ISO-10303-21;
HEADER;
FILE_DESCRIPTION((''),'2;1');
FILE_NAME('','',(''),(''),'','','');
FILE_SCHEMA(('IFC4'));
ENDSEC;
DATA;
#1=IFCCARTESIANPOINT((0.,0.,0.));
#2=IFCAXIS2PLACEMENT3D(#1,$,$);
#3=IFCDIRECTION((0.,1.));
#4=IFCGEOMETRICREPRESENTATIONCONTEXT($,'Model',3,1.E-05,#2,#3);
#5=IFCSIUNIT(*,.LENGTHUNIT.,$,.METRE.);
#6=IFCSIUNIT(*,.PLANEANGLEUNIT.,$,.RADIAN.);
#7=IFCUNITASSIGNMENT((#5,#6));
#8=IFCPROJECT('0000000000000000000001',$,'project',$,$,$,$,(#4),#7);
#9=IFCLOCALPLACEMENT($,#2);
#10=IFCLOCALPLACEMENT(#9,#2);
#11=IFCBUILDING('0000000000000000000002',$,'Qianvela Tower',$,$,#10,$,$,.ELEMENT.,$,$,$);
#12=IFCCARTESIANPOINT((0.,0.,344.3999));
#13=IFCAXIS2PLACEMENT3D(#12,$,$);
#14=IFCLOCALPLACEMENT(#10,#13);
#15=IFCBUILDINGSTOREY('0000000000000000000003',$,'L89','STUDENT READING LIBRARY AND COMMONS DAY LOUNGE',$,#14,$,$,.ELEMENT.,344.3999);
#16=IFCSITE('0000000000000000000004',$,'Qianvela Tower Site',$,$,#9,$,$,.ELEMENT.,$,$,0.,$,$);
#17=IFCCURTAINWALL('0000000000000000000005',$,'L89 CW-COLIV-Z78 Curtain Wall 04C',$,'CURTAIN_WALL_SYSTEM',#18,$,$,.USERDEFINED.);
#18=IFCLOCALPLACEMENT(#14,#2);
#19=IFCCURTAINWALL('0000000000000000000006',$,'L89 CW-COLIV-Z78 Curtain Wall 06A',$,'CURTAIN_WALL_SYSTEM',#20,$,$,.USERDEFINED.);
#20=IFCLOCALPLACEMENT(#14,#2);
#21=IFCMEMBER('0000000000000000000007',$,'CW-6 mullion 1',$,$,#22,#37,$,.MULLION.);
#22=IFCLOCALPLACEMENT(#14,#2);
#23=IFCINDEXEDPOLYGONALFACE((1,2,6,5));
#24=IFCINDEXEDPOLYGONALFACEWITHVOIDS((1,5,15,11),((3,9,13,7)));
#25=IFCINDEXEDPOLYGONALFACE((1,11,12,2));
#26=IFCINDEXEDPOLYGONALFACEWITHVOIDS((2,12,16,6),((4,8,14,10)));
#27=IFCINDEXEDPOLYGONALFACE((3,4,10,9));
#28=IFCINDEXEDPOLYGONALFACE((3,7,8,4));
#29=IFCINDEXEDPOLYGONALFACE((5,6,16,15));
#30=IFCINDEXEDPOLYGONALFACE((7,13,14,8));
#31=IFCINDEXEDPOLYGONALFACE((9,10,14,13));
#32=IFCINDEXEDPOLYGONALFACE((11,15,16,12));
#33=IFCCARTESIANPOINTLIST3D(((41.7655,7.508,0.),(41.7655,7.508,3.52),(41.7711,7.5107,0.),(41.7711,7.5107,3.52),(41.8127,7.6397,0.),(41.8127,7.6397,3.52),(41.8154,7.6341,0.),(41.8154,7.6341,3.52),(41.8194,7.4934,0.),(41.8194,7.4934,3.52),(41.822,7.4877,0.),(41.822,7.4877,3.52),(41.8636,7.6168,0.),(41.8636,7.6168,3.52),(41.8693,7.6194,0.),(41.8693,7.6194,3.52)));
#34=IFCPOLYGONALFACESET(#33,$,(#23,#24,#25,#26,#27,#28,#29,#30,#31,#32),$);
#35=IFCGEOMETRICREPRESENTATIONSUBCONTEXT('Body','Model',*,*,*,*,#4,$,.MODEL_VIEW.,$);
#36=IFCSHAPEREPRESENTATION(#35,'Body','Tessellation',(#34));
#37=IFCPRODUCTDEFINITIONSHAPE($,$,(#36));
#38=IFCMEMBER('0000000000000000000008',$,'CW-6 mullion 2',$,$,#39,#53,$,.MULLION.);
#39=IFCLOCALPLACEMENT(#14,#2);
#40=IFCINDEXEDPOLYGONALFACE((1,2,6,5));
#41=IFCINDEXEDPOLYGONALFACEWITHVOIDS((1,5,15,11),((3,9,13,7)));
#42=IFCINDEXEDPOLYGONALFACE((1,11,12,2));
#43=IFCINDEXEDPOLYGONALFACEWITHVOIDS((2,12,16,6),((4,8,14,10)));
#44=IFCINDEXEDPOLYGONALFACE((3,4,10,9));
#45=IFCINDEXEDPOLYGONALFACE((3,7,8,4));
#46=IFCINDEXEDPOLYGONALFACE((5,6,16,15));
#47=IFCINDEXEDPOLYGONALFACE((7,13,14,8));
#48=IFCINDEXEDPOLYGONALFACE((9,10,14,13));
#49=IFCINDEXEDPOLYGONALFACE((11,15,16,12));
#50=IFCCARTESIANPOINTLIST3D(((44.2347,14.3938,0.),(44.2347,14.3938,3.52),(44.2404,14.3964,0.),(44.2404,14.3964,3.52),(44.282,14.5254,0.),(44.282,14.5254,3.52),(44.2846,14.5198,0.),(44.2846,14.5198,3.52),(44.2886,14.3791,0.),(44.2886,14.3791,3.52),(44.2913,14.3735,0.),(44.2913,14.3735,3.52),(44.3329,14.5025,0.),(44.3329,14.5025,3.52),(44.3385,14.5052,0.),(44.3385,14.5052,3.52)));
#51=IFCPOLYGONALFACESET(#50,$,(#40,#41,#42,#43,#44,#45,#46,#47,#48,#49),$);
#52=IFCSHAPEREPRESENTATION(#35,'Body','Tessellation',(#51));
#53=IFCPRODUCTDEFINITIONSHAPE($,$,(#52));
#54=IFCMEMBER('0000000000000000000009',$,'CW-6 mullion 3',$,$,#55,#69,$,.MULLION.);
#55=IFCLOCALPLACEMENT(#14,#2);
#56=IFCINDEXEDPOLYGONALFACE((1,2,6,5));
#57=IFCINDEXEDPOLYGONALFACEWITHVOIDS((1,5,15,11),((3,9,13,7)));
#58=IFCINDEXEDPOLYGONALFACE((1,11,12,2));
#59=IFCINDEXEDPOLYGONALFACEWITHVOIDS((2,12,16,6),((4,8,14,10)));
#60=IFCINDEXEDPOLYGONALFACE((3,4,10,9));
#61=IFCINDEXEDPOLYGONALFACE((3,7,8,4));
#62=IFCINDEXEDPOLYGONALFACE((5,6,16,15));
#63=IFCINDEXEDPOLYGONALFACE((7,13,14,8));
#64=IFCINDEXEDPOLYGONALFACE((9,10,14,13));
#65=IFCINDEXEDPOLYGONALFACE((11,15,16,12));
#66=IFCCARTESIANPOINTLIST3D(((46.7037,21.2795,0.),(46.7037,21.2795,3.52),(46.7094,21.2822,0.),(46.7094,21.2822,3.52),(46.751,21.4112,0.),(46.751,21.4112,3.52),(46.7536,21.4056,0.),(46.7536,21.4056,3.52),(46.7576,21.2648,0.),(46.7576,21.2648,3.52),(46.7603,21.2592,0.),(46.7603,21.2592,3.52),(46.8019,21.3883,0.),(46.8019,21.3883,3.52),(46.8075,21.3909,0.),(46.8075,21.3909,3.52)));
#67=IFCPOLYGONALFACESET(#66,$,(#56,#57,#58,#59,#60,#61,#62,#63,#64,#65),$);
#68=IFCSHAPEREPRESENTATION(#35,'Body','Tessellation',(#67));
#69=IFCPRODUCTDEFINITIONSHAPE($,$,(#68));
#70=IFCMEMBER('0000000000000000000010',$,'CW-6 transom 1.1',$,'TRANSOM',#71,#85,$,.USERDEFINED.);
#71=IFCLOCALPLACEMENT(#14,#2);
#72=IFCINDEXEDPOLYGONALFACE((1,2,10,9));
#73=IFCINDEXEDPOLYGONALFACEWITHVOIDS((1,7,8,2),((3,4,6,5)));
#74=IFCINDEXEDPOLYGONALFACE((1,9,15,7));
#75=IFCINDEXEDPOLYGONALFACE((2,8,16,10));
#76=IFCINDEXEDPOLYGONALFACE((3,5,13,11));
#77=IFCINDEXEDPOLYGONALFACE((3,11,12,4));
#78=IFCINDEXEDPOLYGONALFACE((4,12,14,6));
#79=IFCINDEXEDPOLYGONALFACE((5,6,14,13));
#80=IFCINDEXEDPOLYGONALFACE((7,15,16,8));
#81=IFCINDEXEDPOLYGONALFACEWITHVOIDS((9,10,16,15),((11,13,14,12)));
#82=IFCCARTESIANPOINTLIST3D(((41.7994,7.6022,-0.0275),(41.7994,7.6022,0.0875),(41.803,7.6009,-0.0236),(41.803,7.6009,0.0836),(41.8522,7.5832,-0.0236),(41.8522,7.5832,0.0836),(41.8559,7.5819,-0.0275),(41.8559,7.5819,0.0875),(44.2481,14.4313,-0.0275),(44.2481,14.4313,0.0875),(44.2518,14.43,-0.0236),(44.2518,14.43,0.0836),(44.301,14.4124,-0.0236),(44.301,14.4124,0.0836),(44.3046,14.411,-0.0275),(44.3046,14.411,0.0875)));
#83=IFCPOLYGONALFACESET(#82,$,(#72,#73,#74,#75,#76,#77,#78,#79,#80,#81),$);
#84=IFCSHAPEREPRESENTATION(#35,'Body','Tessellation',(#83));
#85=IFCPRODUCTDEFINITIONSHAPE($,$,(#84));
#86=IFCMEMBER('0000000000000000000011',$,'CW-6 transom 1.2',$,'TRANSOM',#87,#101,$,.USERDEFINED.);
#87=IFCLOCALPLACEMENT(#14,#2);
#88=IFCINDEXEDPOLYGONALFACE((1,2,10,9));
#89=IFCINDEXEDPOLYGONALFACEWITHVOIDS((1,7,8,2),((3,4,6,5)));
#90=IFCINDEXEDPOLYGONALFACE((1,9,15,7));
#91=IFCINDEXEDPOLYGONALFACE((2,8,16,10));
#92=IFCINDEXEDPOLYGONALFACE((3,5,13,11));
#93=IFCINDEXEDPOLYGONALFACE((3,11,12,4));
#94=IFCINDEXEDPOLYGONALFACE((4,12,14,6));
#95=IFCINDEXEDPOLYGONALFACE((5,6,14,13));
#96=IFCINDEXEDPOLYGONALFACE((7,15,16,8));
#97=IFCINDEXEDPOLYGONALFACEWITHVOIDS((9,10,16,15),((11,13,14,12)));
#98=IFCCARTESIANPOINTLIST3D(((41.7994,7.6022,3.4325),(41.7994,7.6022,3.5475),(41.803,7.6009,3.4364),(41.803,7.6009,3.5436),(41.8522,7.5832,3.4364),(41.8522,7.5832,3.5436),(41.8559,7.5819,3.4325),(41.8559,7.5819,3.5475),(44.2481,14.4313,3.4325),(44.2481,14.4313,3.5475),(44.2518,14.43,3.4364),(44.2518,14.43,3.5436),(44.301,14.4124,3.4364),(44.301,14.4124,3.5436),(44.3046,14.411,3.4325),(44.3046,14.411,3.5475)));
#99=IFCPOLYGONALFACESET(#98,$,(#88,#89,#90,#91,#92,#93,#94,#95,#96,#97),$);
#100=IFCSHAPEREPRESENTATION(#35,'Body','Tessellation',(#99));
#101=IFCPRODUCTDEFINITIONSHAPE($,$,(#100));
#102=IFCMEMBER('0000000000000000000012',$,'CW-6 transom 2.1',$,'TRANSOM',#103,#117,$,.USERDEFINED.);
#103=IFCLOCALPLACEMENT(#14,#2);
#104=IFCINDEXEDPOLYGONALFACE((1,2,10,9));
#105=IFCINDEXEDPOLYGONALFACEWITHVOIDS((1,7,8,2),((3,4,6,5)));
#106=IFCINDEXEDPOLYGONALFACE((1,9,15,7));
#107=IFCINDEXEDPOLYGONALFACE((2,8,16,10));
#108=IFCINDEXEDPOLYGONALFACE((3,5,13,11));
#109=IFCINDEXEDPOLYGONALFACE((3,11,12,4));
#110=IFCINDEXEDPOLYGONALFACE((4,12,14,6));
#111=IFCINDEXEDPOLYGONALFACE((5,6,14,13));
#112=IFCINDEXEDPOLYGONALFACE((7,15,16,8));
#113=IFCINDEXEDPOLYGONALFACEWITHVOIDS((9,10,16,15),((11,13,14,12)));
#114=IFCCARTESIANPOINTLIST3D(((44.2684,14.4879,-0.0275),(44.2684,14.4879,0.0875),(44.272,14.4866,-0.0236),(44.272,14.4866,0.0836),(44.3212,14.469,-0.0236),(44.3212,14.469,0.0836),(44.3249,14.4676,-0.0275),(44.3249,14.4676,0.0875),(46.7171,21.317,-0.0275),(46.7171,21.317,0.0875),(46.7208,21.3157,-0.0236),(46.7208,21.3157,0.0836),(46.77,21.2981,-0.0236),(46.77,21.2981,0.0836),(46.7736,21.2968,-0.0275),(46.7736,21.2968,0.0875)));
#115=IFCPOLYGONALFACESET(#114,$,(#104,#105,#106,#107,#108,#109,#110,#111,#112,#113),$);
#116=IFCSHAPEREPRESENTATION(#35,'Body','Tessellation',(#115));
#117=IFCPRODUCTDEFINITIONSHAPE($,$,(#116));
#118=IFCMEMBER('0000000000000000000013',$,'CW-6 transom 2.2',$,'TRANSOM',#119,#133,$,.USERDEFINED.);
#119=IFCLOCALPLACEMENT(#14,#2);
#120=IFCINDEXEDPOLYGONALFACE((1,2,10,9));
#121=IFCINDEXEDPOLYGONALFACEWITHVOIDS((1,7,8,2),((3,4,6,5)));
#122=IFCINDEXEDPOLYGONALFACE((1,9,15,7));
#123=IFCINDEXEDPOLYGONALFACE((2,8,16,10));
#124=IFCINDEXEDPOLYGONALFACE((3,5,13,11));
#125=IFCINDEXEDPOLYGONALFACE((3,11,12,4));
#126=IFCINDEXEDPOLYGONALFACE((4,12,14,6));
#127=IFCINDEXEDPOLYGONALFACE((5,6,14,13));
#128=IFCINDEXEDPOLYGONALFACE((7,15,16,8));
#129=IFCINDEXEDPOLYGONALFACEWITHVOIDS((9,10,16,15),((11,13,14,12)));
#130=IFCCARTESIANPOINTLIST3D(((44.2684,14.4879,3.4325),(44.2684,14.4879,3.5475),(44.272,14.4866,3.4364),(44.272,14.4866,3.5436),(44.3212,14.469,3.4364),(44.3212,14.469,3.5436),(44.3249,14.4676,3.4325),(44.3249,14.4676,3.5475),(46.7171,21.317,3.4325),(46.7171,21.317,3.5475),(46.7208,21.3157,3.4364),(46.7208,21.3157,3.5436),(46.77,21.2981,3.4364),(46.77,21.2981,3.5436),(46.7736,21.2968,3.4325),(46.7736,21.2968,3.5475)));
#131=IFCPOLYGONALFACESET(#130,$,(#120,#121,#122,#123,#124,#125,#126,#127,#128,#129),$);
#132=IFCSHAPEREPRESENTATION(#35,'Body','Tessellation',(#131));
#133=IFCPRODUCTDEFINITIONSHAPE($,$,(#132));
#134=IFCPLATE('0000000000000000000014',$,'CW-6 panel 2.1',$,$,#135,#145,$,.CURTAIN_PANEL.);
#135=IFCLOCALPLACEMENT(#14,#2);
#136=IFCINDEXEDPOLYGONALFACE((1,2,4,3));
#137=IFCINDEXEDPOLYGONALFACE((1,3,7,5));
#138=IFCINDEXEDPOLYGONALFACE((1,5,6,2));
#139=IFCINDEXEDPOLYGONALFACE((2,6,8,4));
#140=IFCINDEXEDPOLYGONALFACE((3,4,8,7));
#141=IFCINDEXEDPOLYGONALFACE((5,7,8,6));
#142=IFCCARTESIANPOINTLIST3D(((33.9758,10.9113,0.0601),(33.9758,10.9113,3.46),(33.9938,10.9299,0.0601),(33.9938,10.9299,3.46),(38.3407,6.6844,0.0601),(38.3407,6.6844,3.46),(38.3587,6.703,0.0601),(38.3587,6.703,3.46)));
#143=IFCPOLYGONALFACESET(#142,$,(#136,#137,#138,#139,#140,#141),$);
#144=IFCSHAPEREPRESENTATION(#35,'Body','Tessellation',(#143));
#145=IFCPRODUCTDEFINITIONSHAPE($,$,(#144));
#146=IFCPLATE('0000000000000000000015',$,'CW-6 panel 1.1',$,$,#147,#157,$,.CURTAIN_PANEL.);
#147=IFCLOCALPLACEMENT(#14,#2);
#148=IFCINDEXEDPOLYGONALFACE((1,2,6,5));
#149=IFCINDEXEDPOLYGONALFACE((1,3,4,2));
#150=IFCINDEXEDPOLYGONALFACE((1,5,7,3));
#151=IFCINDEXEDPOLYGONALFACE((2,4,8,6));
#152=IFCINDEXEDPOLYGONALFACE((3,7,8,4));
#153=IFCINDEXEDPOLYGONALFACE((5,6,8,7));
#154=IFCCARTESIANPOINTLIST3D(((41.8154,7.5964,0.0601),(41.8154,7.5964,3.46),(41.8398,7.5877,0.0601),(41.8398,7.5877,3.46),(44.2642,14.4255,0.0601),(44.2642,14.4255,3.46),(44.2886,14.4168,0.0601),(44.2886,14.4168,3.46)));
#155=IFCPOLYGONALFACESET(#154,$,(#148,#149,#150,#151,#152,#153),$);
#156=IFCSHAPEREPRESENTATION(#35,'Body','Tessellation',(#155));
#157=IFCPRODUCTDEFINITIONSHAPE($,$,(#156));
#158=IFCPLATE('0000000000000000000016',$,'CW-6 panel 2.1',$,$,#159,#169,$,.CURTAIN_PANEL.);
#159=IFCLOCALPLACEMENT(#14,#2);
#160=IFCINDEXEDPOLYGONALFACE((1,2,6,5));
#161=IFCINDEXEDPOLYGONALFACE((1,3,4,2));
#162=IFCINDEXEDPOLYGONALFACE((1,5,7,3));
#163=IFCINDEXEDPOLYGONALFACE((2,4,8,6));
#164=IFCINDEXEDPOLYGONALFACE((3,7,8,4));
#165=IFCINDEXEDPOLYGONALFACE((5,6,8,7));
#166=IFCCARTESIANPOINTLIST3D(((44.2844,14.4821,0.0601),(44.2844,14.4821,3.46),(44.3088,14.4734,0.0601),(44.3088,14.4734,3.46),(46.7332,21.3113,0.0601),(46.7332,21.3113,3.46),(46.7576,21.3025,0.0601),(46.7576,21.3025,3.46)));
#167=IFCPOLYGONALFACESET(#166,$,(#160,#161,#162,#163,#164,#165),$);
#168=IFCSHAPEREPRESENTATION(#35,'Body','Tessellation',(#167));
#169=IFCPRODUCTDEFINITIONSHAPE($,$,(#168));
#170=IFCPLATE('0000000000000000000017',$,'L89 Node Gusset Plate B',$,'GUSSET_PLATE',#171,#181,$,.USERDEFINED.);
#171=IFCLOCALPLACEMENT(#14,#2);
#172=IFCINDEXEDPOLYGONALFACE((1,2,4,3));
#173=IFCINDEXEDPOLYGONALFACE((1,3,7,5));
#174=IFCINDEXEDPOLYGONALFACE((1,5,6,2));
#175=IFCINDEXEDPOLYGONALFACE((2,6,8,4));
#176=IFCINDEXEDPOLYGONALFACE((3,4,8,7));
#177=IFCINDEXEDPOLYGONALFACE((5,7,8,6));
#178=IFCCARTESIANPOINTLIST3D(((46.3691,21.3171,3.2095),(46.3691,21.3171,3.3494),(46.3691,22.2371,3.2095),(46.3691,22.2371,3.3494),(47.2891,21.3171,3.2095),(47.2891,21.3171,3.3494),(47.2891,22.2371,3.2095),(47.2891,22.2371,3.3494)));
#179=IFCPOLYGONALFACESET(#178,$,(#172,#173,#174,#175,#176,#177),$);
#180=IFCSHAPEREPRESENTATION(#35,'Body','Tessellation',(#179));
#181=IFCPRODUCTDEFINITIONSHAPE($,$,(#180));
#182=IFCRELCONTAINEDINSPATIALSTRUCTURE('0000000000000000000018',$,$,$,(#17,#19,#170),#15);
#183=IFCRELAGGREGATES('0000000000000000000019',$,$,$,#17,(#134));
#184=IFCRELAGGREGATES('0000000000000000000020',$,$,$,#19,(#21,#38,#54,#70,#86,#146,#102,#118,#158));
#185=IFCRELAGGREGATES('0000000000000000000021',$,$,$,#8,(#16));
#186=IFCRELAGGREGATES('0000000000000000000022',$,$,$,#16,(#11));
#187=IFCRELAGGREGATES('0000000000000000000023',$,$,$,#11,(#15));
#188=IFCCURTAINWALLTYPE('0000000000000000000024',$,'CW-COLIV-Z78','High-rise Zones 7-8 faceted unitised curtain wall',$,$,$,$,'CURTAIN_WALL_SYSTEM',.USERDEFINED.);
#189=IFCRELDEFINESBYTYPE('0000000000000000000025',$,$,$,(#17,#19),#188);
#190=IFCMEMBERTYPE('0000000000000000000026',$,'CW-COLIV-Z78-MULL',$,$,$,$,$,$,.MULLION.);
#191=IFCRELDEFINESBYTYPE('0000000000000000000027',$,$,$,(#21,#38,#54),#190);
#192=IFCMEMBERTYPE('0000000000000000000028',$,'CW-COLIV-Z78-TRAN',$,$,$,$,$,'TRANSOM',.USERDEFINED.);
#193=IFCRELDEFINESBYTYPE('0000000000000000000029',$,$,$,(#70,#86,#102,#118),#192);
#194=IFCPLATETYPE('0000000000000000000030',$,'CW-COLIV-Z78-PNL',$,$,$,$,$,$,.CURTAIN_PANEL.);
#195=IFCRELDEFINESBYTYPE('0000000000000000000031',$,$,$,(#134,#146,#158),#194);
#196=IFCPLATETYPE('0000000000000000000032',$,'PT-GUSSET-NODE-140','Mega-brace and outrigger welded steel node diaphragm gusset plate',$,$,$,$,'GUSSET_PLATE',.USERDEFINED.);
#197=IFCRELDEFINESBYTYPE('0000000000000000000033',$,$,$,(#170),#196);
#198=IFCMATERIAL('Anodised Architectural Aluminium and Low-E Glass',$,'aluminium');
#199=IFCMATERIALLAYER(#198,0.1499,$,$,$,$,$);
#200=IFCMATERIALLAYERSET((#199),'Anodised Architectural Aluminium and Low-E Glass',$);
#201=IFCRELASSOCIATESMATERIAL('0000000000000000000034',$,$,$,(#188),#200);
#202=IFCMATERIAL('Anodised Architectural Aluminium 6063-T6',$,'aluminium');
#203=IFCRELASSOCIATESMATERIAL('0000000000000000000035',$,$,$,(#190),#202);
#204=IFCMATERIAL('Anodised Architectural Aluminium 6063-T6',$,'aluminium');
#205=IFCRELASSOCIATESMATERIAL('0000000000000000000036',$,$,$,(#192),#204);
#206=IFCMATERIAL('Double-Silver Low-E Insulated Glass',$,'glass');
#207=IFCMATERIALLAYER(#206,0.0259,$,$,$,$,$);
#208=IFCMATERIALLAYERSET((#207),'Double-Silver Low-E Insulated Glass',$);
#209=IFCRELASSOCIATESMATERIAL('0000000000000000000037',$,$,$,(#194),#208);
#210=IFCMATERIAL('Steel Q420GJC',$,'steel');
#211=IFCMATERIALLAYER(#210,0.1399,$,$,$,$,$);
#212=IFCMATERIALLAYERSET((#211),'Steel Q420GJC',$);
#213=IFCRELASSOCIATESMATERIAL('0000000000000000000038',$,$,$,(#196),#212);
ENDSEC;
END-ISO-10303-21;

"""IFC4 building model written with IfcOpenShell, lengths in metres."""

from ifc_helpers import new_model, si_unit, direction, frame, origin, origin_2d, place, context, subcontext, project, spatial, rectangle, hollow_rectangle, extrude, material, layer, layer_set, material_profile, profile_set, type_object, element, aggregate, save


model = new_model("IFC4")

# Units and contexts
model_context = context("Model", 3, precision=1e-05, world=origin(), true_north=direction((0.0, 1.0)))
body_context = subcontext(model_context, "Body", "Model", "MODEL_VIEW")
ifc_project = project(units=[si_unit("LENGTHUNIT", "METRE"), si_unit("PLANEANGLEUNIT", "RADIAN")], contexts=[model_context])

# Site, building, storey
site_placement = place(None, origin())
site = spatial("IfcSite", under=ifc_project, at=site_placement, Name="Qianvela Tower Site", CompositionType="ELEMENT", RefElevation=0.0)
building_placement = place(site_placement, origin())
building = spatial("IfcBuilding", under=site, at=building_placement, Name="Qianvela Tower", CompositionType="ELEMENT")
storey_placement = place(building_placement, frame((0.0, 0.0, 344.3999)))
storey = spatial("IfcBuildingStorey", under=building, at=storey_placement, Name="L89", Description="STUDENT READING LIBRARY AND COMMONS DAY LOUNGE", CompositionType="ELEMENT", Elevation=344.3999)

# Curtain wall
ifc_material_1 = material(Name="Anodised Architectural Aluminium and Low-E Glass", Category="aluminium")
ifc_layer_1 = layer(ifc_material_1, 0.1499)
ifc_layer_set_1 = layer_set([ifc_layer_1], Name="Anodised Architectural Aluminium and Low-E Glass")
curtain_wall_type_1 = type_object("IfcCurtainWallType", Name="CW-COLIV-Z78", Description="High-rise Zones 7-8 faceted unitised curtain wall", ElementType="CURTAIN_WALL_SYSTEM", PredefinedType="USERDEFINED", material=ifc_layer_set_1)
curtain_wall_1_placement = place(storey_placement, origin())
curtain_wall_1 = element("IfcCurtainWall", 1, at=curtain_wall_1_placement, inside=storey, type_object=curtain_wall_type_1, Name="L89 CW-COLIV-Z78 Curtain Wall 04C", ObjectType="CURTAIN_WALL_SYSTEM", PredefinedType="USERDEFINED")
ifc_material_2 = material(Name="Anodised Architectural Aluminium 6063-T6", Category="aluminium")
ifc_material_profile_1 = material_profile(ifc_material_2, hollow_rectangle(XDim=0.0601, YDim=0.1399, WallThickness=0.0044, at=origin_2d()), Name="ALU-MULL-60x140")
ifc_profile_set_1 = profile_set([ifc_material_profile_1], Name="Anodised Architectural Aluminium 6063-T6")
member_type_1 = type_object("IfcMemberType", Name="CW-COLIV-Z78-MULL", PredefinedType="MULLION", material=ifc_profile_set_1)

# Curtain wall, members
curtain_wall_2_placement = place(storey_placement, origin())
curtain_wall_2 = element("IfcCurtainWall", 2, at=curtain_wall_2_placement, inside=storey, type_object=curtain_wall_type_1, Name="L89 CW-COLIV-Z78 Curtain Wall 06A", ObjectType="CURTAIN_WALL_SYSTEM", PredefinedType="USERDEFINED")
member_1_placement = place(storey_placement, frame((41.8174, 7.5637, 0.0), z_axis=(0.0, 0.0, 1.0), x_axis=(-0.941312, 0.337538, 0.0)))
member_1 = element("IfcMember", 3, at=member_1_placement, type_object=member_type_1, Name="CW-6 mullion 1", PredefinedType="MULLION", context=body_context, shape_type="SweptSolid", body=[
    extrude(hollow_rectangle(XDim=0.0601, YDim=0.1399, WallThickness=0.0044, at=origin_2d()), origin(), (0.0, 0.0, 1.0), 3.52),
])
member_2_placement = place(storey_placement, frame((44.2866, 14.4495, 0.0), z_axis=(0.0, 0.0, 1.0), x_axis=(-0.941312, 0.337538, 0.0)))
member_2 = element("IfcMember", 4, at=member_2_placement, type_object=member_type_1, Name="CW-6 mullion 2", PredefinedType="MULLION", context=body_context, shape_type="SweptSolid", body=[
    extrude(hollow_rectangle(XDim=0.0601, YDim=0.1399, WallThickness=0.0044, at=origin_2d()), origin(), (0.0, 0.0, 1.0), 3.52),
])
member_3_placement = place(storey_placement, frame((46.7556, 21.3352, 0.0), z_axis=(0.0, 0.0, 1.0), x_axis=(-0.941312, 0.337538, 0.0)))
member_3 = element("IfcMember", 5, at=member_3_placement, type_object=member_type_1, Name="CW-6 mullion 3", PredefinedType="MULLION", context=body_context, shape_type="SweptSolid", body=[
    extrude(hollow_rectangle(XDim=0.0601, YDim=0.1399, WallThickness=0.0044, at=origin_2d()), origin(), (0.0, 0.0, 1.0), 3.52),
])
ifc_material_3 = material(Name="Anodised Architectural Aluminium 6063-T6", Category="aluminium")
ifc_material_profile_2 = material_profile(ifc_material_3, hollow_rectangle(XDim=0.0601, YDim=0.115, WallThickness=0.0039, at=origin_2d()), Name="ALU-TRAN-60x115")
ifc_profile_set_2 = profile_set([ifc_material_profile_2], Name="Anodised Architectural Aluminium 6063-T6")
member_type_2 = type_object("IfcMemberType", Name="CW-COLIV-Z78-TRAN", ElementType="TRANSOM", PredefinedType="USERDEFINED", material=ifc_profile_set_2)
member_4_placement = place(storey_placement, frame((41.8276, 7.592, 0.03), z_axis=(0.33753, 0.941315, 0.0), x_axis=(-0.941315, 0.33753, 0.0)))
member_4 = element("IfcMember", 6, at=member_4_placement, type_object=member_type_2, Name="CW-6 transom 1.1", ObjectType="TRANSOM", PredefinedType="USERDEFINED", context=body_context, shape_type="SweptSolid", body=[
    extrude(hollow_rectangle(XDim=0.0601, YDim=0.115, WallThickness=0.0039, at=origin_2d()), origin(), (0.0, 0.0, 1.0), 7.2549),
])
member_5_placement = place(storey_placement, frame((41.8276, 7.592, 3.49), z_axis=(0.33753, 0.941315, 0.0), x_axis=(-0.941315, 0.33753, 0.0)))
member_5 = element("IfcMember", 7, at=member_5_placement, type_object=member_type_2, Name="CW-6 transom 1.2", ObjectType="TRANSOM", PredefinedType="USERDEFINED", context=body_context, shape_type="SweptSolid", body=[
    extrude(hollow_rectangle(XDim=0.0601, YDim=0.115, WallThickness=0.0039, at=origin_2d()), origin(), (0.0, 0.0, 1.0), 7.2549),
])
member_6_placement = place(storey_placement, frame((44.2966, 14.4778, 0.03), z_axis=(0.33753, 0.941315, 0.0), x_axis=(-0.941315, 0.33753, 0.0)))
member_6 = element("IfcMember", 8, at=member_6_placement, type_object=member_type_2, Name="CW-6 transom 2.1", ObjectType="TRANSOM", PredefinedType="USERDEFINED", context=body_context, shape_type="SweptSolid", body=[
    extrude(hollow_rectangle(XDim=0.0601, YDim=0.115, WallThickness=0.0039, at=origin_2d()), origin(), (0.0, 0.0, 1.0), 7.2549),
])
member_7_placement = place(storey_placement, frame((44.2966, 14.4778, 3.49), z_axis=(0.33753, 0.941315, 0.0), x_axis=(-0.941315, 0.33753, 0.0)))
member_7 = element("IfcMember", 9, at=member_7_placement, type_object=member_type_2, Name="CW-6 transom 2.2", ObjectType="TRANSOM", PredefinedType="USERDEFINED", context=body_context, shape_type="SweptSolid", body=[
    extrude(hollow_rectangle(XDim=0.0601, YDim=0.115, WallThickness=0.0039, at=origin_2d()), origin(), (0.0, 0.0, 1.0), 7.2549),
])

# Plates
ifc_material_4 = material(Name="Double-Silver Low-E Insulated Glass", Category="glass")
ifc_layer_2 = layer(ifc_material_4, 0.0259)
ifc_layer_set_2 = layer_set([ifc_layer_2], Name="Double-Silver Low-E Insulated Glass")
plate_type_1 = type_object("IfcPlateType", Name="CW-COLIV-Z78-PNL", PredefinedType="CURTAIN_PANEL", material=ifc_layer_set_2)
plate_1_placement = place(storey_placement, frame((36.1672, 8.8071, 0.0601), z_axis=(0.0, 0.0, 1.0), x_axis=(0.718372, -0.695659, 0.0)))
plate_1 = element("IfcPlate", 10, at=plate_1_placement, type_object=plate_type_1, Name="CW-6 panel 2.1", PredefinedType="CURTAIN_PANEL", context=body_context, shape_type="SweptSolid", body=[
    extrude(rectangle(XDim=6.0762, YDim=0.0259, at=origin_2d()), origin(), (0.0, 0.0, 1.0), 3.3999),
])
aggregate(curtain_wall_1, [plate_1])
plate_2_placement = place(storey_placement, frame((43.052, 11.0066, 0.0601), z_axis=(0.0, 0.0, 1.0), x_axis=(0.337538, 0.941312, 0.0)))
plate_2 = element("IfcPlate", 11, at=plate_2_placement, type_object=plate_type_1, Name="CW-6 panel 1.1", PredefinedType="CURTAIN_PANEL", context=body_context, shape_type="SweptSolid", body=[
    extrude(rectangle(XDim=7.2549, YDim=0.0259, at=origin_2d()), origin(), (0.0, 0.0, 1.0), 3.3999),
])
plate_3_placement = place(storey_placement, frame((45.521, 17.8923, 0.0601), z_axis=(0.0, 0.0, 1.0), x_axis=(0.337538, 0.941312, 0.0)))
plate_3 = element("IfcPlate", 12, at=plate_3_placement, type_object=plate_type_1, Name="CW-6 panel 2.1", PredefinedType="CURTAIN_PANEL", context=body_context, shape_type="SweptSolid", body=[
    extrude(rectangle(XDim=7.2549, YDim=0.0259, at=origin_2d()), origin(), (0.0, 0.0, 1.0), 3.3999),
])
aggregate(curtain_wall_2, [member_1, member_2, member_3, member_4, member_5, plate_2, member_6, member_7, plate_3])
ifc_material_5 = material(Name="Steel Q420GJC", Category="steel")
ifc_layer_3 = layer(ifc_material_5, 0.1399)
ifc_layer_set_3 = layer_set([ifc_layer_3], Name="Steel Q420GJC")
plate_type_2 = type_object("IfcPlateType", Name="PT-GUSSET-NODE-140", Description="Mega-brace and outrigger welded steel node diaphragm gusset plate", ElementType="GUSSET_PLATE", PredefinedType="USERDEFINED", material=ifc_layer_set_3)
plate_4_placement = place(storey_placement, frame((46.8291, 21.7771, 3.2095), z_axis=(0.0, 0.0, 1.0), x_axis=(1.0, 0.0, 0.0)))
element("IfcPlate", 13, at=plate_4_placement, inside=storey, type_object=plate_type_2, Name="L89 Node Gusset Plate B", ObjectType="GUSSET_PLATE", PredefinedType="USERDEFINED", context=body_context, shape_type="SweptSolid", body=[
    extrude(rectangle(XDim=0.9199, YDim=0.9199, at=origin_2d()), origin(), (0.0, 0.0, 1.0), 0.1399),
])

save(model, "model.ifc")
